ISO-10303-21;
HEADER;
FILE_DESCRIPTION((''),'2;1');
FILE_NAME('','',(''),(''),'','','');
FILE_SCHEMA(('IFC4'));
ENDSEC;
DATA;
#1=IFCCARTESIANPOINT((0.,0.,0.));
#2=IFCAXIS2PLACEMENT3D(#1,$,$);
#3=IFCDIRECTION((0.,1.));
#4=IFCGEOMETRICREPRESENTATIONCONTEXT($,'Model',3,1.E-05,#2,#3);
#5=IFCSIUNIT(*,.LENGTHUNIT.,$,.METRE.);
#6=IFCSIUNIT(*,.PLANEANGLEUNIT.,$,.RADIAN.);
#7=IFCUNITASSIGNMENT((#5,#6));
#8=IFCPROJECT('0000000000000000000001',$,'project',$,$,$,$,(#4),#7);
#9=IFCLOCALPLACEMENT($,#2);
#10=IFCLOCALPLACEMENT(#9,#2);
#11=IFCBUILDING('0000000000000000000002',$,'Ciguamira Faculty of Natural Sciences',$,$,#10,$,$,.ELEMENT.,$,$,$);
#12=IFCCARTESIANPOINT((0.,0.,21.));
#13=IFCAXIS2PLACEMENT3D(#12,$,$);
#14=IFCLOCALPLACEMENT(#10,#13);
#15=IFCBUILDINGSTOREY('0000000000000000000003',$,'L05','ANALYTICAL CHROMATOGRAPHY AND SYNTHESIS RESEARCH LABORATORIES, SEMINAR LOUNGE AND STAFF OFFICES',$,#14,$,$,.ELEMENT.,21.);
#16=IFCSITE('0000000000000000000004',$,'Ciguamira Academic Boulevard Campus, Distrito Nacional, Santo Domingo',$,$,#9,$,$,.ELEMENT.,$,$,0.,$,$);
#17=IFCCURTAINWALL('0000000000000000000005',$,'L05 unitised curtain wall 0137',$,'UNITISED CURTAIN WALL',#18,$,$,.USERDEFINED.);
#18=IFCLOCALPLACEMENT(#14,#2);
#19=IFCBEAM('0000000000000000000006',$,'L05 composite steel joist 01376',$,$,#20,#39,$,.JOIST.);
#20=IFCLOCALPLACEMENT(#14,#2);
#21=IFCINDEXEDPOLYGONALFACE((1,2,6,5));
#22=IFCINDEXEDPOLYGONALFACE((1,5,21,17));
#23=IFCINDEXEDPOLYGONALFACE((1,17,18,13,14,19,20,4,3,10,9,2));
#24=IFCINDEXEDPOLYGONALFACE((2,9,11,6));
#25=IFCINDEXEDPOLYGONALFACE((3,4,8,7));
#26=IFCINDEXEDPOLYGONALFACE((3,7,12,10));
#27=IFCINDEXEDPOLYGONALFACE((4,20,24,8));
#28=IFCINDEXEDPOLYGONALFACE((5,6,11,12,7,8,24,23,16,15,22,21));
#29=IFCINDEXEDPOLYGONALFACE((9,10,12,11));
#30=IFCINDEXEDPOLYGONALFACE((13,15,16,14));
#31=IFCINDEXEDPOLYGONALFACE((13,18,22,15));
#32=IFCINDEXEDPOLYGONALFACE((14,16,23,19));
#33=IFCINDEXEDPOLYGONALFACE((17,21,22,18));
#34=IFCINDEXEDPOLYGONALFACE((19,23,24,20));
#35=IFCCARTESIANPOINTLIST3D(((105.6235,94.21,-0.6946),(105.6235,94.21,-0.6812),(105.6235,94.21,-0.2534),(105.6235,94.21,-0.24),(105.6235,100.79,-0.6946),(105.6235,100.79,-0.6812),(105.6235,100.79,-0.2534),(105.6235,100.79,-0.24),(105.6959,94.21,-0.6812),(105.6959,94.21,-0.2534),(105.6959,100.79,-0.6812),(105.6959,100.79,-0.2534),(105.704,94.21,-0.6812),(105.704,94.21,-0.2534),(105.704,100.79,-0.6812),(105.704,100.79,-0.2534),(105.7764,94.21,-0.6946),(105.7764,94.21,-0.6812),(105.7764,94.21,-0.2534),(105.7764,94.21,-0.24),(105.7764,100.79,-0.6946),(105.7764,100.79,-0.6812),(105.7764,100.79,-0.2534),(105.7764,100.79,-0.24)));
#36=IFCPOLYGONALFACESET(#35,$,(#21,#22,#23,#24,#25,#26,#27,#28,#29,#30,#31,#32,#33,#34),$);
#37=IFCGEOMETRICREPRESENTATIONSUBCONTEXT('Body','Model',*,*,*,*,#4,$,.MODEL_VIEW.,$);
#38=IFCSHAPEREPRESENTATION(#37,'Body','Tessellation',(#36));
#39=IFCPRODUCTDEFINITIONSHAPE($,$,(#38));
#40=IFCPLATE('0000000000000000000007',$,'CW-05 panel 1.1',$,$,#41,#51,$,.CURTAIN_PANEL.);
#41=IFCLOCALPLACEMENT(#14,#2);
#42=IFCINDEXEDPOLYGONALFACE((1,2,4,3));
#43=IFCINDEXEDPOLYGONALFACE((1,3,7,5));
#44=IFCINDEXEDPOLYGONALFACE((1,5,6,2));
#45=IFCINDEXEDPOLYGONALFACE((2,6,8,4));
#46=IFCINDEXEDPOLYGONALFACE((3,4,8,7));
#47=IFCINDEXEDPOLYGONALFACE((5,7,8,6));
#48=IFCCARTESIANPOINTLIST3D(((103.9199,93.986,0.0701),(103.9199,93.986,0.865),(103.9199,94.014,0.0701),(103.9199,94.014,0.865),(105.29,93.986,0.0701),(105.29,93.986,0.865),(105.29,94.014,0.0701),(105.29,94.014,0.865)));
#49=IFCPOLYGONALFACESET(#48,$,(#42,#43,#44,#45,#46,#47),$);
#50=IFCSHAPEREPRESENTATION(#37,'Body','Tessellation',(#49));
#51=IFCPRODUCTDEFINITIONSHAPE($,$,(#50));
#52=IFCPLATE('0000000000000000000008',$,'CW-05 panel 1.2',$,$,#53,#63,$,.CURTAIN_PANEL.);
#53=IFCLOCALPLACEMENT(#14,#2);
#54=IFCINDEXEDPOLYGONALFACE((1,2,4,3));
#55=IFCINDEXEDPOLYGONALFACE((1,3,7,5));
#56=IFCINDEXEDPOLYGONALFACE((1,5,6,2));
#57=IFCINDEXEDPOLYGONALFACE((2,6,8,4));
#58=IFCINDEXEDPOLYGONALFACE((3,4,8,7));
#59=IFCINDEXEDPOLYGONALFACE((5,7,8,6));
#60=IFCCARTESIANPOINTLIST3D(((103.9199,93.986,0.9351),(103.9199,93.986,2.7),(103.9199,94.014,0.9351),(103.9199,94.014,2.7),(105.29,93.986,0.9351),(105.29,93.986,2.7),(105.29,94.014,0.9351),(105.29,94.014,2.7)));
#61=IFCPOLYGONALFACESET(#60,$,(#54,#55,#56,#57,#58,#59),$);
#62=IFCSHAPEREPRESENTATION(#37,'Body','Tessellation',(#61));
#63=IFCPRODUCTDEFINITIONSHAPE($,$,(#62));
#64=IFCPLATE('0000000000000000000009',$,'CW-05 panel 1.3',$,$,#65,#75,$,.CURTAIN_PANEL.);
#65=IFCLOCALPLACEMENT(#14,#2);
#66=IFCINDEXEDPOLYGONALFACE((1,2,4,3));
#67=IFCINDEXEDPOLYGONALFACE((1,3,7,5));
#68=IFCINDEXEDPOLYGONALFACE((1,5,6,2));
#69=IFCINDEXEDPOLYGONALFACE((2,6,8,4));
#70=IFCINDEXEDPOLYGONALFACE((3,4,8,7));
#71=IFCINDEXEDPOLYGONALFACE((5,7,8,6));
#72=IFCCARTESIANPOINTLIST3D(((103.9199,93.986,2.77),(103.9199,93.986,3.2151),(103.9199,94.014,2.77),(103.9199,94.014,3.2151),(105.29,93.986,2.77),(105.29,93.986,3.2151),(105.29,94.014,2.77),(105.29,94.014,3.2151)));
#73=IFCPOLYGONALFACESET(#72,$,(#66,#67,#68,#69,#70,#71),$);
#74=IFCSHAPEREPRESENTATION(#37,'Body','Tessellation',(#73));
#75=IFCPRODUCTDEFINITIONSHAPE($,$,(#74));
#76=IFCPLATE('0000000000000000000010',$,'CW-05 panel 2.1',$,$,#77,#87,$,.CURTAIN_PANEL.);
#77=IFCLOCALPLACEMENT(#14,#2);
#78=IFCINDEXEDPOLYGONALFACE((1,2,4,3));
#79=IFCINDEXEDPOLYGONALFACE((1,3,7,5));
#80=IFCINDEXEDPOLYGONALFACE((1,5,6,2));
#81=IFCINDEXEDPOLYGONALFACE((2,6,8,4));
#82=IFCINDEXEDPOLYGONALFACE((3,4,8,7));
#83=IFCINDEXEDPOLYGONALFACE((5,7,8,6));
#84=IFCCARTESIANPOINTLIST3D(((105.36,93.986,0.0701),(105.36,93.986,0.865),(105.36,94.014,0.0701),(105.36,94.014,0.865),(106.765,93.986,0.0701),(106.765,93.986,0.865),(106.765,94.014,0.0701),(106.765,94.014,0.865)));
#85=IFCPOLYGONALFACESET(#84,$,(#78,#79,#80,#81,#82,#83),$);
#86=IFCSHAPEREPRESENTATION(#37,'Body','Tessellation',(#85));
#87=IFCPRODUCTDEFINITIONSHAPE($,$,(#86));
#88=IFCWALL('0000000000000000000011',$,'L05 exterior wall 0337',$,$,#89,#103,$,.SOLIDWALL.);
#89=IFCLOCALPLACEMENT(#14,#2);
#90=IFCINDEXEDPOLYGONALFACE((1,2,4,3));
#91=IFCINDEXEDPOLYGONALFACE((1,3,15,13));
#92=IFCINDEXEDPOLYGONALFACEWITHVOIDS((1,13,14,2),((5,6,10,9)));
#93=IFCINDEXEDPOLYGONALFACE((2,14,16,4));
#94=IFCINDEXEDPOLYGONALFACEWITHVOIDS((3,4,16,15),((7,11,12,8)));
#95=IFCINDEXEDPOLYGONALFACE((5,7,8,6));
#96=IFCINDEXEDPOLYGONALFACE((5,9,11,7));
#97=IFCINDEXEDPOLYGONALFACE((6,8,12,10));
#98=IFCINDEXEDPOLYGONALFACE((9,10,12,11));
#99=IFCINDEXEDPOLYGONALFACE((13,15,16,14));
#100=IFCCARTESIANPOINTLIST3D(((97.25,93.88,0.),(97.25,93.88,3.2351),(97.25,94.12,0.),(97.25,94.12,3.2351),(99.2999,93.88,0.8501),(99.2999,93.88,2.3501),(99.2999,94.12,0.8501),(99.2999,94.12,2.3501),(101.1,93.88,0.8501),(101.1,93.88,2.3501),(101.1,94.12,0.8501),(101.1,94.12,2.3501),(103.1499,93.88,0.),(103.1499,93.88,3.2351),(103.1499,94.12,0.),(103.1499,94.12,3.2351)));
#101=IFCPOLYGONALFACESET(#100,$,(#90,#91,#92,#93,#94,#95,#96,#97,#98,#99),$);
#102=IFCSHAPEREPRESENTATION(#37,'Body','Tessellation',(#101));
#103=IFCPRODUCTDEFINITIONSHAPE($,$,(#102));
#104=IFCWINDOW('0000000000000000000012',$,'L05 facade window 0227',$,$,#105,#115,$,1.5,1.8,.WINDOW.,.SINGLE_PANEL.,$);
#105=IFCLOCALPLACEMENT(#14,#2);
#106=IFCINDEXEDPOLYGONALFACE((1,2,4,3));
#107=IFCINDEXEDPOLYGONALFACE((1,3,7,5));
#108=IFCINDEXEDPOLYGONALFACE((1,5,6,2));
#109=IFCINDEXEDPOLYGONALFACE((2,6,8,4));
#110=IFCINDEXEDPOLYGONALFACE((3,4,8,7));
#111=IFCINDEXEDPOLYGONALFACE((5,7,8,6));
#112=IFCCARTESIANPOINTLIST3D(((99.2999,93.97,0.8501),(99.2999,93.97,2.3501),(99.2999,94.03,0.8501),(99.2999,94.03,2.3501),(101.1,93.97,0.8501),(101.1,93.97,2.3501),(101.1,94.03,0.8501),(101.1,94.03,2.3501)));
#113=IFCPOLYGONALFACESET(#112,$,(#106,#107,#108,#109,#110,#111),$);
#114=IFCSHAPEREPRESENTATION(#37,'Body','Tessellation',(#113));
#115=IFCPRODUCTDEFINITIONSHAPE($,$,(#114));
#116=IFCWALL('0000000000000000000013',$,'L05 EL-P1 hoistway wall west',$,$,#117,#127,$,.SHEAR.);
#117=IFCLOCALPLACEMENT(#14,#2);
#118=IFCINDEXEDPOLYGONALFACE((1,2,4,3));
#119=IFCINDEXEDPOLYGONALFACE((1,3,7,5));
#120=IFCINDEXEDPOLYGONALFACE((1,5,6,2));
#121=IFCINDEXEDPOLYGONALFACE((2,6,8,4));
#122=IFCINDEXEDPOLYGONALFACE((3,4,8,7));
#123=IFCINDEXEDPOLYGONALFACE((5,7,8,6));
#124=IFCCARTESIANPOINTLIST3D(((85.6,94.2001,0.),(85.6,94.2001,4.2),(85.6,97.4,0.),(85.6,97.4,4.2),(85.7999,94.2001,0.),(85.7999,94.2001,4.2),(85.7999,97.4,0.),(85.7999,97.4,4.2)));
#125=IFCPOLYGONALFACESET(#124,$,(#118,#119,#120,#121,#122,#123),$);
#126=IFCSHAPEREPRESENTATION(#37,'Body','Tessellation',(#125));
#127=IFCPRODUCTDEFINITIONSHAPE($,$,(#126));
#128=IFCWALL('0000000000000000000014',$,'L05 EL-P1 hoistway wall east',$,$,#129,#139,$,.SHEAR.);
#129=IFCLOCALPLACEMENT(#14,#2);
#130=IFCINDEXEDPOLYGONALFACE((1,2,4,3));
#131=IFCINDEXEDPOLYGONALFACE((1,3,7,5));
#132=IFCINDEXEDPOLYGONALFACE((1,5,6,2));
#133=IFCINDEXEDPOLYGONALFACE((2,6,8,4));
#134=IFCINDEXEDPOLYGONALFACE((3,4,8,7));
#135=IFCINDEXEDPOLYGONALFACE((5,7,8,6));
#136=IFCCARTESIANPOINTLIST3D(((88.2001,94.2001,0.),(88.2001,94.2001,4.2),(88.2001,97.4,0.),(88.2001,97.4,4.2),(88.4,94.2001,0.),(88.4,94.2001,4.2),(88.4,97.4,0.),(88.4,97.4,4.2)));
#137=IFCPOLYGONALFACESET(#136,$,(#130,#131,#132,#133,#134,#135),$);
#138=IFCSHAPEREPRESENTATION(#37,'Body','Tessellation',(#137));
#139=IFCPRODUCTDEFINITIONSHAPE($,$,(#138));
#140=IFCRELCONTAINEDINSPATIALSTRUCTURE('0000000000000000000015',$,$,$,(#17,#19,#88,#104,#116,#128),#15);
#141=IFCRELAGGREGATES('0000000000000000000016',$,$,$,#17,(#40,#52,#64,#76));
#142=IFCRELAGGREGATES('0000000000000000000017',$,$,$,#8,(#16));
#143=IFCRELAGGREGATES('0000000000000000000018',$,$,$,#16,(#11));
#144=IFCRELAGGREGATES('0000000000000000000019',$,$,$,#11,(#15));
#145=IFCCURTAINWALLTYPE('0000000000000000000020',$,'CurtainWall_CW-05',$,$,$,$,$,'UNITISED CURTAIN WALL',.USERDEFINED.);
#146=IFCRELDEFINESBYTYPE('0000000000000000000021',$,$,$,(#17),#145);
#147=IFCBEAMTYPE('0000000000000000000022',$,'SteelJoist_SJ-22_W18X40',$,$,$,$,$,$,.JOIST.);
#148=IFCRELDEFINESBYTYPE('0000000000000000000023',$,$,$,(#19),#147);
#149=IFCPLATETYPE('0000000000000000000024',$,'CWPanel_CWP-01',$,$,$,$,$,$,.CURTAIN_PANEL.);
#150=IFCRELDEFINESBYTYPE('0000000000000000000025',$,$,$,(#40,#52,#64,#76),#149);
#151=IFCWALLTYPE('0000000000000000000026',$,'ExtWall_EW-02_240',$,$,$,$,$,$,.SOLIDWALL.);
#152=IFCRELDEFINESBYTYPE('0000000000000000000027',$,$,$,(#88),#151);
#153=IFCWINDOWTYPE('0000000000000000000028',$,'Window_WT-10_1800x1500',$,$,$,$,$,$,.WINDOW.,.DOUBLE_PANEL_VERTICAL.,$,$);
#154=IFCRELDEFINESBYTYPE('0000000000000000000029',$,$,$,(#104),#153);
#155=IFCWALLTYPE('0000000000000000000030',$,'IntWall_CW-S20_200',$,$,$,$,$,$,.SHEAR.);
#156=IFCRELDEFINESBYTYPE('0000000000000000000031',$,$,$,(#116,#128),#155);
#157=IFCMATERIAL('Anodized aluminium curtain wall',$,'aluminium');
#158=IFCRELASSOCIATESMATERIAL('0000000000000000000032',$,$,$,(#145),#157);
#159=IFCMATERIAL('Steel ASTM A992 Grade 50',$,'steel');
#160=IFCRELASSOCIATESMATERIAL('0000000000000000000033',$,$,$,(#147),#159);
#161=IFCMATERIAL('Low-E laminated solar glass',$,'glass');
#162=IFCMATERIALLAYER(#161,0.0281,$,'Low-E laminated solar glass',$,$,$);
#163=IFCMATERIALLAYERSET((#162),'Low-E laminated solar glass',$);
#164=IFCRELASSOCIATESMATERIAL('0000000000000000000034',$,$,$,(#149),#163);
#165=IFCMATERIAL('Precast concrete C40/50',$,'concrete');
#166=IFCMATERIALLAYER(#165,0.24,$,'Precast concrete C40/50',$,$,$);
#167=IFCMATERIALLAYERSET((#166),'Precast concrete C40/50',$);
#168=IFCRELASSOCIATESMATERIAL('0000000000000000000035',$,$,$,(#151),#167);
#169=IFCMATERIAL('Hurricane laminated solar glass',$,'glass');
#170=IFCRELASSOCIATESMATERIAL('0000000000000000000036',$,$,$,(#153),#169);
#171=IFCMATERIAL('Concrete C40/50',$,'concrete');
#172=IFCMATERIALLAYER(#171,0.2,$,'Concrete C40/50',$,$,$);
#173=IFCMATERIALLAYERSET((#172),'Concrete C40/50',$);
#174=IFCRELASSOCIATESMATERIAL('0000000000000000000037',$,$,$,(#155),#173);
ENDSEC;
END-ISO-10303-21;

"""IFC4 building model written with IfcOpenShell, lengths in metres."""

from ifc_helpers import new_model, si_unit, direction, frame, frame_2d, origin, origin_2d, place, context, subcontext, project, spatial, rectangle, i_section, extrude, material, layer, layer_set, material_profile, profile_set, type_object, element, fill, aggregate, save


model = new_model("IFC4")

# Units and contexts
model_context = context("Model", 3, precision=1e-05, world=origin(), true_north=direction((0.0, 1.0)))
body_context = subcontext(model_context, "Body", "Model", "MODEL_VIEW")
ifc_project = project(units=[si_unit("LENGTHUNIT", "METRE"), si_unit("PLANEANGLEUNIT", "RADIAN")], contexts=[model_context])

# Site, building, storey
site_placement = place(None, origin())
site = spatial("IfcSite", under=ifc_project, at=site_placement, Name="Ciguamira Academic Boulevard Campus, Distrito Nacional, Santo Domingo", CompositionType="ELEMENT", RefElevation=0.0)
building_placement = place(site_placement, origin())
building = spatial("IfcBuilding", under=site, at=building_placement, Name="Ciguamira Faculty of Natural Sciences", CompositionType="ELEMENT")
storey_placement = place(building_placement, frame((0.0, 0.0, 21.0)))
storey = spatial("IfcBuildingStorey", under=building, at=storey_placement, Name="L05", Description="ANALYTICAL CHROMATOGRAPHY AND SYNTHESIS RESEARCH LABORATORIES, SEMINAR LOUNGE AND STAFF OFFICES", CompositionType="ELEMENT", Elevation=21.0)

# Shared definitions
ifc_material_1 = material(Name="Concrete C40/50", Category="concrete")

# Curtain wall
ifc_material_2 = material(Name="Anodized aluminium curtain wall", Category="aluminium")
curtain_wall_type = type_object("IfcCurtainWallType", Name="CurtainWall_CW-05", ElementType="UNITISED CURTAIN WALL", PredefinedType="USERDEFINED", material=ifc_material_2)
curtain_wall_placement = place(storey_placement, origin())
curtain_wall = element("IfcCurtainWall", 1, at=curtain_wall_placement, inside=storey, type_object=curtain_wall_type, Name="L05 unitised curtain wall 0137", ObjectType="UNITISED CURTAIN WALL", PredefinedType="USERDEFINED")

# Beam
ifc_material_3 = material(Name="Steel ASTM A992 Grade 50", Category="steel")
ifc_material_profile_1 = material_profile(ifc_material_3, i_section(OverallWidth=0.1528, OverallDepth=0.4546, WebThickness=0.0081, FlangeThickness=0.0134, at=origin_2d()), Name="W18X40")
ifc_profile_set_1 = profile_set([ifc_material_profile_1], Name="Steel ASTM A992 Grade 50")
beam_type_1 = type_object("IfcBeamType", Name="SteelJoist_SJ-22_W18X40", PredefinedType="JOIST", material=ifc_profile_set_1)
beam_1_placement = place(storey_placement, frame((105.7, 94.21, -0.4673), z_axis=(0.0, 1.0, 0.0), x_axis=(-1.0, 0.0, 0.0)))
element("IfcBeam", 2, at=beam_1_placement, inside=storey, type_object=beam_type_1, Name="L05 composite steel joist 01376", PredefinedType="JOIST", context=body_context, shape_type="SweptSolid", body=[
    extrude(i_section(OverallWidth=0.1528, OverallDepth=0.4546, WebThickness=0.0081, FlangeThickness=0.0134, at=origin_2d()), origin(), (0.0, 0.0, 1.0), 6.5801),
])

# Plates
ifc_material_4 = material(Name="Low-E laminated solar glass", Category="glass")
ifc_layer_1 = layer(ifc_material_4, 0.0281, Name="Low-E laminated solar glass")
ifc_layer_set_1 = layer_set([ifc_layer_1], Name="Low-E laminated solar glass")
plate_type = type_object("IfcPlateType", Name="CWPanel_CWP-01", PredefinedType="CURTAIN_PANEL", material=ifc_layer_set_1)
plate_1_placement = place(storey_placement, frame((104.605, 94.0, 0.0701), z_axis=(0.0, 0.0, 1.0), x_axis=(1.0, 0.0, 0.0)))
plate_1 = element("IfcPlate", 3, at=plate_1_placement, type_object=plate_type, Name="CW-05 panel 1.1", PredefinedType="CURTAIN_PANEL", context=body_context, shape_type="SweptSolid", body=[
    extrude(rectangle(XDim=1.3701, YDim=0.0281, at=origin_2d()), origin(), (0.0, 0.0, 1.0), 0.7949),
])
plate_2_placement = place(storey_placement, frame((104.605, 94.0, 0.9351), z_axis=(0.0, 0.0, 1.0), x_axis=(1.0, 0.0, 0.0)))
plate_2 = element("IfcPlate", 4, at=plate_2_placement, type_object=plate_type, Name="CW-05 panel 1.2", PredefinedType="CURTAIN_PANEL", context=body_context, shape_type="SweptSolid", body=[
    extrude(rectangle(XDim=1.3701, YDim=0.0281, at=origin_2d()), origin(), (0.0, 0.0, 1.0), 1.7649),
])
plate_3_placement = place(storey_placement, frame((104.605, 94.0, 2.77), z_axis=(0.0, 0.0, 1.0), x_axis=(1.0, 0.0, 0.0)))
plate_3 = element("IfcPlate", 5, at=plate_3_placement, type_object=plate_type, Name="CW-05 panel 1.3", PredefinedType="CURTAIN_PANEL", context=body_context, shape_type="SweptSolid", body=[
    extrude(rectangle(XDim=1.3701, YDim=0.0281, at=origin_2d()), origin(), (0.0, 0.0, 1.0), 0.4451),
])
plate_4_placement = place(storey_placement, frame((106.0625, 94.0, 0.0701), z_axis=(0.0, 0.0, 1.0), x_axis=(1.0, 0.0, 0.0)))
plate_4 = element("IfcPlate", 6, at=plate_4_placement, type_object=plate_type, Name="CW-05 panel 2.1", PredefinedType="CURTAIN_PANEL", context=body_context, shape_type="SweptSolid", body=[
    extrude(rectangle(XDim=1.405, YDim=0.0281, at=origin_2d()), origin(), (0.0, 0.0, 1.0), 0.7949),
])
aggregate(curtain_wall, [plate_1, plate_2, plate_3, plate_4])

# Wall, opening, window
ifc_material_5 = material(Name="Precast concrete C40/50", Category="concrete")
ifc_layer_2 = layer(ifc_material_5, 0.24, Name="Precast concrete C40/50")
ifc_layer_set_2 = layer_set([ifc_layer_2], Name="Precast concrete C40/50")
wall_type_1 = type_object("IfcWallType", Name="ExtWall_EW-02_240", PredefinedType="SOLIDWALL", material=ifc_layer_set_2)
wall_placement = place(storey_placement, frame((97.25, 94.0, 0.0), z_axis=(0.0, 0.0, 1.0), x_axis=(1.0, 0.0, 0.0)))
wall = element("IfcWall", 7, at=wall_placement, inside=storey, type_object=wall_type_1, Name="L05 exterior wall 0337", PredefinedType="SOLIDWALL", context=body_context, shape_type="SweptSolid", body=[
    extrude(rectangle(XDim=5.8999, YDim=0.24, at=frame_2d((2.95, 0.0))), origin(), (0.0, 0.0, 1.0), 3.2351),
])
opening_placement = place(wall_placement, frame((2.05, 0.0, 0.8501)))
opening = element("IfcOpeningElement", 8, at=opening_placement, cuts=wall, PredefinedType="OPENING", context=body_context, shape_type="SweptSolid", body=[
    extrude(rectangle(XDim=1.8, YDim=1.5, at=frame_2d((0.8999, 0.75))), frame((0.0, 0.1299, 0.0), z_axis=(0.0, -1.0, 0.0), x_axis=(1.0, 0.0, 0.0)), (0.0, 0.0, 1.0), 0.26),
])
ifc_material_6 = material(Name="Hurricane laminated solar glass", Category="glass")
window_type = type_object("IfcWindowType", Name="Window_WT-10_1800x1500", PartitioningType="DOUBLE_PANEL_VERTICAL", PredefinedType="WINDOW", material=ifc_material_6)
window_placement = place(opening_placement, origin())
window = element("IfcWindow", 9, at=window_placement, inside=storey, type_object=window_type, Name="L05 facade window 0227", OverallHeight=1.5, OverallWidth=1.8, PartitioningType="SINGLE_PANEL", PredefinedType="WINDOW", context=body_context, shape_type="SweptSolid", body=[
    extrude(rectangle(XDim=1.8, YDim=1.5, at=frame_2d((0.8999, 0.75))), frame((0.0, 0.03, 0.0), z_axis=(0.0, -1.0, 0.0), x_axis=(1.0, 0.0, 0.0)), (0.0, 0.0, 1.0), 0.0601),
])
fill(opening, window)

# Walls
ifc_layer_3 = layer(ifc_material_1, 0.2, Name="Concrete C40/50")
ifc_layer_set_3 = layer_set([ifc_layer_3], Name="Concrete C40/50")
wall_type_2 = type_object("IfcWallType", Name="IntWall_CW-S20_200", PredefinedType="SHEAR", material=ifc_layer_set_3)
for number, where, z_axis, x_axis, name in (
    (10, (85.7, 94.2, 0.0), (0.0, 0.0, 1.0), (0.0, 1.0, 0.0), "L05 EL-P1 hoistway wall west"),
    (11, (88.3, 94.2, 0.0), (0.0, 0.0, 1.0), (0.0, 1.0, 0.0), "L05 EL-P1 hoistway wall east"),
):
    element("IfcWall", number, at=place(storey_placement, frame(where, z_axis=z_axis, x_axis=x_axis)), inside=storey, type_object=wall_type_2, Name=name, PredefinedType="SHEAR", context=body_context, shape_type="SweptSolid", body=[
        extrude(rectangle(XDim=3.2, YDim=0.2, at=frame_2d((1.6001, 0.0))), origin(), (0.0, 0.0, 1.0), 4.2),
    ])

save(model, "model.ifc")
